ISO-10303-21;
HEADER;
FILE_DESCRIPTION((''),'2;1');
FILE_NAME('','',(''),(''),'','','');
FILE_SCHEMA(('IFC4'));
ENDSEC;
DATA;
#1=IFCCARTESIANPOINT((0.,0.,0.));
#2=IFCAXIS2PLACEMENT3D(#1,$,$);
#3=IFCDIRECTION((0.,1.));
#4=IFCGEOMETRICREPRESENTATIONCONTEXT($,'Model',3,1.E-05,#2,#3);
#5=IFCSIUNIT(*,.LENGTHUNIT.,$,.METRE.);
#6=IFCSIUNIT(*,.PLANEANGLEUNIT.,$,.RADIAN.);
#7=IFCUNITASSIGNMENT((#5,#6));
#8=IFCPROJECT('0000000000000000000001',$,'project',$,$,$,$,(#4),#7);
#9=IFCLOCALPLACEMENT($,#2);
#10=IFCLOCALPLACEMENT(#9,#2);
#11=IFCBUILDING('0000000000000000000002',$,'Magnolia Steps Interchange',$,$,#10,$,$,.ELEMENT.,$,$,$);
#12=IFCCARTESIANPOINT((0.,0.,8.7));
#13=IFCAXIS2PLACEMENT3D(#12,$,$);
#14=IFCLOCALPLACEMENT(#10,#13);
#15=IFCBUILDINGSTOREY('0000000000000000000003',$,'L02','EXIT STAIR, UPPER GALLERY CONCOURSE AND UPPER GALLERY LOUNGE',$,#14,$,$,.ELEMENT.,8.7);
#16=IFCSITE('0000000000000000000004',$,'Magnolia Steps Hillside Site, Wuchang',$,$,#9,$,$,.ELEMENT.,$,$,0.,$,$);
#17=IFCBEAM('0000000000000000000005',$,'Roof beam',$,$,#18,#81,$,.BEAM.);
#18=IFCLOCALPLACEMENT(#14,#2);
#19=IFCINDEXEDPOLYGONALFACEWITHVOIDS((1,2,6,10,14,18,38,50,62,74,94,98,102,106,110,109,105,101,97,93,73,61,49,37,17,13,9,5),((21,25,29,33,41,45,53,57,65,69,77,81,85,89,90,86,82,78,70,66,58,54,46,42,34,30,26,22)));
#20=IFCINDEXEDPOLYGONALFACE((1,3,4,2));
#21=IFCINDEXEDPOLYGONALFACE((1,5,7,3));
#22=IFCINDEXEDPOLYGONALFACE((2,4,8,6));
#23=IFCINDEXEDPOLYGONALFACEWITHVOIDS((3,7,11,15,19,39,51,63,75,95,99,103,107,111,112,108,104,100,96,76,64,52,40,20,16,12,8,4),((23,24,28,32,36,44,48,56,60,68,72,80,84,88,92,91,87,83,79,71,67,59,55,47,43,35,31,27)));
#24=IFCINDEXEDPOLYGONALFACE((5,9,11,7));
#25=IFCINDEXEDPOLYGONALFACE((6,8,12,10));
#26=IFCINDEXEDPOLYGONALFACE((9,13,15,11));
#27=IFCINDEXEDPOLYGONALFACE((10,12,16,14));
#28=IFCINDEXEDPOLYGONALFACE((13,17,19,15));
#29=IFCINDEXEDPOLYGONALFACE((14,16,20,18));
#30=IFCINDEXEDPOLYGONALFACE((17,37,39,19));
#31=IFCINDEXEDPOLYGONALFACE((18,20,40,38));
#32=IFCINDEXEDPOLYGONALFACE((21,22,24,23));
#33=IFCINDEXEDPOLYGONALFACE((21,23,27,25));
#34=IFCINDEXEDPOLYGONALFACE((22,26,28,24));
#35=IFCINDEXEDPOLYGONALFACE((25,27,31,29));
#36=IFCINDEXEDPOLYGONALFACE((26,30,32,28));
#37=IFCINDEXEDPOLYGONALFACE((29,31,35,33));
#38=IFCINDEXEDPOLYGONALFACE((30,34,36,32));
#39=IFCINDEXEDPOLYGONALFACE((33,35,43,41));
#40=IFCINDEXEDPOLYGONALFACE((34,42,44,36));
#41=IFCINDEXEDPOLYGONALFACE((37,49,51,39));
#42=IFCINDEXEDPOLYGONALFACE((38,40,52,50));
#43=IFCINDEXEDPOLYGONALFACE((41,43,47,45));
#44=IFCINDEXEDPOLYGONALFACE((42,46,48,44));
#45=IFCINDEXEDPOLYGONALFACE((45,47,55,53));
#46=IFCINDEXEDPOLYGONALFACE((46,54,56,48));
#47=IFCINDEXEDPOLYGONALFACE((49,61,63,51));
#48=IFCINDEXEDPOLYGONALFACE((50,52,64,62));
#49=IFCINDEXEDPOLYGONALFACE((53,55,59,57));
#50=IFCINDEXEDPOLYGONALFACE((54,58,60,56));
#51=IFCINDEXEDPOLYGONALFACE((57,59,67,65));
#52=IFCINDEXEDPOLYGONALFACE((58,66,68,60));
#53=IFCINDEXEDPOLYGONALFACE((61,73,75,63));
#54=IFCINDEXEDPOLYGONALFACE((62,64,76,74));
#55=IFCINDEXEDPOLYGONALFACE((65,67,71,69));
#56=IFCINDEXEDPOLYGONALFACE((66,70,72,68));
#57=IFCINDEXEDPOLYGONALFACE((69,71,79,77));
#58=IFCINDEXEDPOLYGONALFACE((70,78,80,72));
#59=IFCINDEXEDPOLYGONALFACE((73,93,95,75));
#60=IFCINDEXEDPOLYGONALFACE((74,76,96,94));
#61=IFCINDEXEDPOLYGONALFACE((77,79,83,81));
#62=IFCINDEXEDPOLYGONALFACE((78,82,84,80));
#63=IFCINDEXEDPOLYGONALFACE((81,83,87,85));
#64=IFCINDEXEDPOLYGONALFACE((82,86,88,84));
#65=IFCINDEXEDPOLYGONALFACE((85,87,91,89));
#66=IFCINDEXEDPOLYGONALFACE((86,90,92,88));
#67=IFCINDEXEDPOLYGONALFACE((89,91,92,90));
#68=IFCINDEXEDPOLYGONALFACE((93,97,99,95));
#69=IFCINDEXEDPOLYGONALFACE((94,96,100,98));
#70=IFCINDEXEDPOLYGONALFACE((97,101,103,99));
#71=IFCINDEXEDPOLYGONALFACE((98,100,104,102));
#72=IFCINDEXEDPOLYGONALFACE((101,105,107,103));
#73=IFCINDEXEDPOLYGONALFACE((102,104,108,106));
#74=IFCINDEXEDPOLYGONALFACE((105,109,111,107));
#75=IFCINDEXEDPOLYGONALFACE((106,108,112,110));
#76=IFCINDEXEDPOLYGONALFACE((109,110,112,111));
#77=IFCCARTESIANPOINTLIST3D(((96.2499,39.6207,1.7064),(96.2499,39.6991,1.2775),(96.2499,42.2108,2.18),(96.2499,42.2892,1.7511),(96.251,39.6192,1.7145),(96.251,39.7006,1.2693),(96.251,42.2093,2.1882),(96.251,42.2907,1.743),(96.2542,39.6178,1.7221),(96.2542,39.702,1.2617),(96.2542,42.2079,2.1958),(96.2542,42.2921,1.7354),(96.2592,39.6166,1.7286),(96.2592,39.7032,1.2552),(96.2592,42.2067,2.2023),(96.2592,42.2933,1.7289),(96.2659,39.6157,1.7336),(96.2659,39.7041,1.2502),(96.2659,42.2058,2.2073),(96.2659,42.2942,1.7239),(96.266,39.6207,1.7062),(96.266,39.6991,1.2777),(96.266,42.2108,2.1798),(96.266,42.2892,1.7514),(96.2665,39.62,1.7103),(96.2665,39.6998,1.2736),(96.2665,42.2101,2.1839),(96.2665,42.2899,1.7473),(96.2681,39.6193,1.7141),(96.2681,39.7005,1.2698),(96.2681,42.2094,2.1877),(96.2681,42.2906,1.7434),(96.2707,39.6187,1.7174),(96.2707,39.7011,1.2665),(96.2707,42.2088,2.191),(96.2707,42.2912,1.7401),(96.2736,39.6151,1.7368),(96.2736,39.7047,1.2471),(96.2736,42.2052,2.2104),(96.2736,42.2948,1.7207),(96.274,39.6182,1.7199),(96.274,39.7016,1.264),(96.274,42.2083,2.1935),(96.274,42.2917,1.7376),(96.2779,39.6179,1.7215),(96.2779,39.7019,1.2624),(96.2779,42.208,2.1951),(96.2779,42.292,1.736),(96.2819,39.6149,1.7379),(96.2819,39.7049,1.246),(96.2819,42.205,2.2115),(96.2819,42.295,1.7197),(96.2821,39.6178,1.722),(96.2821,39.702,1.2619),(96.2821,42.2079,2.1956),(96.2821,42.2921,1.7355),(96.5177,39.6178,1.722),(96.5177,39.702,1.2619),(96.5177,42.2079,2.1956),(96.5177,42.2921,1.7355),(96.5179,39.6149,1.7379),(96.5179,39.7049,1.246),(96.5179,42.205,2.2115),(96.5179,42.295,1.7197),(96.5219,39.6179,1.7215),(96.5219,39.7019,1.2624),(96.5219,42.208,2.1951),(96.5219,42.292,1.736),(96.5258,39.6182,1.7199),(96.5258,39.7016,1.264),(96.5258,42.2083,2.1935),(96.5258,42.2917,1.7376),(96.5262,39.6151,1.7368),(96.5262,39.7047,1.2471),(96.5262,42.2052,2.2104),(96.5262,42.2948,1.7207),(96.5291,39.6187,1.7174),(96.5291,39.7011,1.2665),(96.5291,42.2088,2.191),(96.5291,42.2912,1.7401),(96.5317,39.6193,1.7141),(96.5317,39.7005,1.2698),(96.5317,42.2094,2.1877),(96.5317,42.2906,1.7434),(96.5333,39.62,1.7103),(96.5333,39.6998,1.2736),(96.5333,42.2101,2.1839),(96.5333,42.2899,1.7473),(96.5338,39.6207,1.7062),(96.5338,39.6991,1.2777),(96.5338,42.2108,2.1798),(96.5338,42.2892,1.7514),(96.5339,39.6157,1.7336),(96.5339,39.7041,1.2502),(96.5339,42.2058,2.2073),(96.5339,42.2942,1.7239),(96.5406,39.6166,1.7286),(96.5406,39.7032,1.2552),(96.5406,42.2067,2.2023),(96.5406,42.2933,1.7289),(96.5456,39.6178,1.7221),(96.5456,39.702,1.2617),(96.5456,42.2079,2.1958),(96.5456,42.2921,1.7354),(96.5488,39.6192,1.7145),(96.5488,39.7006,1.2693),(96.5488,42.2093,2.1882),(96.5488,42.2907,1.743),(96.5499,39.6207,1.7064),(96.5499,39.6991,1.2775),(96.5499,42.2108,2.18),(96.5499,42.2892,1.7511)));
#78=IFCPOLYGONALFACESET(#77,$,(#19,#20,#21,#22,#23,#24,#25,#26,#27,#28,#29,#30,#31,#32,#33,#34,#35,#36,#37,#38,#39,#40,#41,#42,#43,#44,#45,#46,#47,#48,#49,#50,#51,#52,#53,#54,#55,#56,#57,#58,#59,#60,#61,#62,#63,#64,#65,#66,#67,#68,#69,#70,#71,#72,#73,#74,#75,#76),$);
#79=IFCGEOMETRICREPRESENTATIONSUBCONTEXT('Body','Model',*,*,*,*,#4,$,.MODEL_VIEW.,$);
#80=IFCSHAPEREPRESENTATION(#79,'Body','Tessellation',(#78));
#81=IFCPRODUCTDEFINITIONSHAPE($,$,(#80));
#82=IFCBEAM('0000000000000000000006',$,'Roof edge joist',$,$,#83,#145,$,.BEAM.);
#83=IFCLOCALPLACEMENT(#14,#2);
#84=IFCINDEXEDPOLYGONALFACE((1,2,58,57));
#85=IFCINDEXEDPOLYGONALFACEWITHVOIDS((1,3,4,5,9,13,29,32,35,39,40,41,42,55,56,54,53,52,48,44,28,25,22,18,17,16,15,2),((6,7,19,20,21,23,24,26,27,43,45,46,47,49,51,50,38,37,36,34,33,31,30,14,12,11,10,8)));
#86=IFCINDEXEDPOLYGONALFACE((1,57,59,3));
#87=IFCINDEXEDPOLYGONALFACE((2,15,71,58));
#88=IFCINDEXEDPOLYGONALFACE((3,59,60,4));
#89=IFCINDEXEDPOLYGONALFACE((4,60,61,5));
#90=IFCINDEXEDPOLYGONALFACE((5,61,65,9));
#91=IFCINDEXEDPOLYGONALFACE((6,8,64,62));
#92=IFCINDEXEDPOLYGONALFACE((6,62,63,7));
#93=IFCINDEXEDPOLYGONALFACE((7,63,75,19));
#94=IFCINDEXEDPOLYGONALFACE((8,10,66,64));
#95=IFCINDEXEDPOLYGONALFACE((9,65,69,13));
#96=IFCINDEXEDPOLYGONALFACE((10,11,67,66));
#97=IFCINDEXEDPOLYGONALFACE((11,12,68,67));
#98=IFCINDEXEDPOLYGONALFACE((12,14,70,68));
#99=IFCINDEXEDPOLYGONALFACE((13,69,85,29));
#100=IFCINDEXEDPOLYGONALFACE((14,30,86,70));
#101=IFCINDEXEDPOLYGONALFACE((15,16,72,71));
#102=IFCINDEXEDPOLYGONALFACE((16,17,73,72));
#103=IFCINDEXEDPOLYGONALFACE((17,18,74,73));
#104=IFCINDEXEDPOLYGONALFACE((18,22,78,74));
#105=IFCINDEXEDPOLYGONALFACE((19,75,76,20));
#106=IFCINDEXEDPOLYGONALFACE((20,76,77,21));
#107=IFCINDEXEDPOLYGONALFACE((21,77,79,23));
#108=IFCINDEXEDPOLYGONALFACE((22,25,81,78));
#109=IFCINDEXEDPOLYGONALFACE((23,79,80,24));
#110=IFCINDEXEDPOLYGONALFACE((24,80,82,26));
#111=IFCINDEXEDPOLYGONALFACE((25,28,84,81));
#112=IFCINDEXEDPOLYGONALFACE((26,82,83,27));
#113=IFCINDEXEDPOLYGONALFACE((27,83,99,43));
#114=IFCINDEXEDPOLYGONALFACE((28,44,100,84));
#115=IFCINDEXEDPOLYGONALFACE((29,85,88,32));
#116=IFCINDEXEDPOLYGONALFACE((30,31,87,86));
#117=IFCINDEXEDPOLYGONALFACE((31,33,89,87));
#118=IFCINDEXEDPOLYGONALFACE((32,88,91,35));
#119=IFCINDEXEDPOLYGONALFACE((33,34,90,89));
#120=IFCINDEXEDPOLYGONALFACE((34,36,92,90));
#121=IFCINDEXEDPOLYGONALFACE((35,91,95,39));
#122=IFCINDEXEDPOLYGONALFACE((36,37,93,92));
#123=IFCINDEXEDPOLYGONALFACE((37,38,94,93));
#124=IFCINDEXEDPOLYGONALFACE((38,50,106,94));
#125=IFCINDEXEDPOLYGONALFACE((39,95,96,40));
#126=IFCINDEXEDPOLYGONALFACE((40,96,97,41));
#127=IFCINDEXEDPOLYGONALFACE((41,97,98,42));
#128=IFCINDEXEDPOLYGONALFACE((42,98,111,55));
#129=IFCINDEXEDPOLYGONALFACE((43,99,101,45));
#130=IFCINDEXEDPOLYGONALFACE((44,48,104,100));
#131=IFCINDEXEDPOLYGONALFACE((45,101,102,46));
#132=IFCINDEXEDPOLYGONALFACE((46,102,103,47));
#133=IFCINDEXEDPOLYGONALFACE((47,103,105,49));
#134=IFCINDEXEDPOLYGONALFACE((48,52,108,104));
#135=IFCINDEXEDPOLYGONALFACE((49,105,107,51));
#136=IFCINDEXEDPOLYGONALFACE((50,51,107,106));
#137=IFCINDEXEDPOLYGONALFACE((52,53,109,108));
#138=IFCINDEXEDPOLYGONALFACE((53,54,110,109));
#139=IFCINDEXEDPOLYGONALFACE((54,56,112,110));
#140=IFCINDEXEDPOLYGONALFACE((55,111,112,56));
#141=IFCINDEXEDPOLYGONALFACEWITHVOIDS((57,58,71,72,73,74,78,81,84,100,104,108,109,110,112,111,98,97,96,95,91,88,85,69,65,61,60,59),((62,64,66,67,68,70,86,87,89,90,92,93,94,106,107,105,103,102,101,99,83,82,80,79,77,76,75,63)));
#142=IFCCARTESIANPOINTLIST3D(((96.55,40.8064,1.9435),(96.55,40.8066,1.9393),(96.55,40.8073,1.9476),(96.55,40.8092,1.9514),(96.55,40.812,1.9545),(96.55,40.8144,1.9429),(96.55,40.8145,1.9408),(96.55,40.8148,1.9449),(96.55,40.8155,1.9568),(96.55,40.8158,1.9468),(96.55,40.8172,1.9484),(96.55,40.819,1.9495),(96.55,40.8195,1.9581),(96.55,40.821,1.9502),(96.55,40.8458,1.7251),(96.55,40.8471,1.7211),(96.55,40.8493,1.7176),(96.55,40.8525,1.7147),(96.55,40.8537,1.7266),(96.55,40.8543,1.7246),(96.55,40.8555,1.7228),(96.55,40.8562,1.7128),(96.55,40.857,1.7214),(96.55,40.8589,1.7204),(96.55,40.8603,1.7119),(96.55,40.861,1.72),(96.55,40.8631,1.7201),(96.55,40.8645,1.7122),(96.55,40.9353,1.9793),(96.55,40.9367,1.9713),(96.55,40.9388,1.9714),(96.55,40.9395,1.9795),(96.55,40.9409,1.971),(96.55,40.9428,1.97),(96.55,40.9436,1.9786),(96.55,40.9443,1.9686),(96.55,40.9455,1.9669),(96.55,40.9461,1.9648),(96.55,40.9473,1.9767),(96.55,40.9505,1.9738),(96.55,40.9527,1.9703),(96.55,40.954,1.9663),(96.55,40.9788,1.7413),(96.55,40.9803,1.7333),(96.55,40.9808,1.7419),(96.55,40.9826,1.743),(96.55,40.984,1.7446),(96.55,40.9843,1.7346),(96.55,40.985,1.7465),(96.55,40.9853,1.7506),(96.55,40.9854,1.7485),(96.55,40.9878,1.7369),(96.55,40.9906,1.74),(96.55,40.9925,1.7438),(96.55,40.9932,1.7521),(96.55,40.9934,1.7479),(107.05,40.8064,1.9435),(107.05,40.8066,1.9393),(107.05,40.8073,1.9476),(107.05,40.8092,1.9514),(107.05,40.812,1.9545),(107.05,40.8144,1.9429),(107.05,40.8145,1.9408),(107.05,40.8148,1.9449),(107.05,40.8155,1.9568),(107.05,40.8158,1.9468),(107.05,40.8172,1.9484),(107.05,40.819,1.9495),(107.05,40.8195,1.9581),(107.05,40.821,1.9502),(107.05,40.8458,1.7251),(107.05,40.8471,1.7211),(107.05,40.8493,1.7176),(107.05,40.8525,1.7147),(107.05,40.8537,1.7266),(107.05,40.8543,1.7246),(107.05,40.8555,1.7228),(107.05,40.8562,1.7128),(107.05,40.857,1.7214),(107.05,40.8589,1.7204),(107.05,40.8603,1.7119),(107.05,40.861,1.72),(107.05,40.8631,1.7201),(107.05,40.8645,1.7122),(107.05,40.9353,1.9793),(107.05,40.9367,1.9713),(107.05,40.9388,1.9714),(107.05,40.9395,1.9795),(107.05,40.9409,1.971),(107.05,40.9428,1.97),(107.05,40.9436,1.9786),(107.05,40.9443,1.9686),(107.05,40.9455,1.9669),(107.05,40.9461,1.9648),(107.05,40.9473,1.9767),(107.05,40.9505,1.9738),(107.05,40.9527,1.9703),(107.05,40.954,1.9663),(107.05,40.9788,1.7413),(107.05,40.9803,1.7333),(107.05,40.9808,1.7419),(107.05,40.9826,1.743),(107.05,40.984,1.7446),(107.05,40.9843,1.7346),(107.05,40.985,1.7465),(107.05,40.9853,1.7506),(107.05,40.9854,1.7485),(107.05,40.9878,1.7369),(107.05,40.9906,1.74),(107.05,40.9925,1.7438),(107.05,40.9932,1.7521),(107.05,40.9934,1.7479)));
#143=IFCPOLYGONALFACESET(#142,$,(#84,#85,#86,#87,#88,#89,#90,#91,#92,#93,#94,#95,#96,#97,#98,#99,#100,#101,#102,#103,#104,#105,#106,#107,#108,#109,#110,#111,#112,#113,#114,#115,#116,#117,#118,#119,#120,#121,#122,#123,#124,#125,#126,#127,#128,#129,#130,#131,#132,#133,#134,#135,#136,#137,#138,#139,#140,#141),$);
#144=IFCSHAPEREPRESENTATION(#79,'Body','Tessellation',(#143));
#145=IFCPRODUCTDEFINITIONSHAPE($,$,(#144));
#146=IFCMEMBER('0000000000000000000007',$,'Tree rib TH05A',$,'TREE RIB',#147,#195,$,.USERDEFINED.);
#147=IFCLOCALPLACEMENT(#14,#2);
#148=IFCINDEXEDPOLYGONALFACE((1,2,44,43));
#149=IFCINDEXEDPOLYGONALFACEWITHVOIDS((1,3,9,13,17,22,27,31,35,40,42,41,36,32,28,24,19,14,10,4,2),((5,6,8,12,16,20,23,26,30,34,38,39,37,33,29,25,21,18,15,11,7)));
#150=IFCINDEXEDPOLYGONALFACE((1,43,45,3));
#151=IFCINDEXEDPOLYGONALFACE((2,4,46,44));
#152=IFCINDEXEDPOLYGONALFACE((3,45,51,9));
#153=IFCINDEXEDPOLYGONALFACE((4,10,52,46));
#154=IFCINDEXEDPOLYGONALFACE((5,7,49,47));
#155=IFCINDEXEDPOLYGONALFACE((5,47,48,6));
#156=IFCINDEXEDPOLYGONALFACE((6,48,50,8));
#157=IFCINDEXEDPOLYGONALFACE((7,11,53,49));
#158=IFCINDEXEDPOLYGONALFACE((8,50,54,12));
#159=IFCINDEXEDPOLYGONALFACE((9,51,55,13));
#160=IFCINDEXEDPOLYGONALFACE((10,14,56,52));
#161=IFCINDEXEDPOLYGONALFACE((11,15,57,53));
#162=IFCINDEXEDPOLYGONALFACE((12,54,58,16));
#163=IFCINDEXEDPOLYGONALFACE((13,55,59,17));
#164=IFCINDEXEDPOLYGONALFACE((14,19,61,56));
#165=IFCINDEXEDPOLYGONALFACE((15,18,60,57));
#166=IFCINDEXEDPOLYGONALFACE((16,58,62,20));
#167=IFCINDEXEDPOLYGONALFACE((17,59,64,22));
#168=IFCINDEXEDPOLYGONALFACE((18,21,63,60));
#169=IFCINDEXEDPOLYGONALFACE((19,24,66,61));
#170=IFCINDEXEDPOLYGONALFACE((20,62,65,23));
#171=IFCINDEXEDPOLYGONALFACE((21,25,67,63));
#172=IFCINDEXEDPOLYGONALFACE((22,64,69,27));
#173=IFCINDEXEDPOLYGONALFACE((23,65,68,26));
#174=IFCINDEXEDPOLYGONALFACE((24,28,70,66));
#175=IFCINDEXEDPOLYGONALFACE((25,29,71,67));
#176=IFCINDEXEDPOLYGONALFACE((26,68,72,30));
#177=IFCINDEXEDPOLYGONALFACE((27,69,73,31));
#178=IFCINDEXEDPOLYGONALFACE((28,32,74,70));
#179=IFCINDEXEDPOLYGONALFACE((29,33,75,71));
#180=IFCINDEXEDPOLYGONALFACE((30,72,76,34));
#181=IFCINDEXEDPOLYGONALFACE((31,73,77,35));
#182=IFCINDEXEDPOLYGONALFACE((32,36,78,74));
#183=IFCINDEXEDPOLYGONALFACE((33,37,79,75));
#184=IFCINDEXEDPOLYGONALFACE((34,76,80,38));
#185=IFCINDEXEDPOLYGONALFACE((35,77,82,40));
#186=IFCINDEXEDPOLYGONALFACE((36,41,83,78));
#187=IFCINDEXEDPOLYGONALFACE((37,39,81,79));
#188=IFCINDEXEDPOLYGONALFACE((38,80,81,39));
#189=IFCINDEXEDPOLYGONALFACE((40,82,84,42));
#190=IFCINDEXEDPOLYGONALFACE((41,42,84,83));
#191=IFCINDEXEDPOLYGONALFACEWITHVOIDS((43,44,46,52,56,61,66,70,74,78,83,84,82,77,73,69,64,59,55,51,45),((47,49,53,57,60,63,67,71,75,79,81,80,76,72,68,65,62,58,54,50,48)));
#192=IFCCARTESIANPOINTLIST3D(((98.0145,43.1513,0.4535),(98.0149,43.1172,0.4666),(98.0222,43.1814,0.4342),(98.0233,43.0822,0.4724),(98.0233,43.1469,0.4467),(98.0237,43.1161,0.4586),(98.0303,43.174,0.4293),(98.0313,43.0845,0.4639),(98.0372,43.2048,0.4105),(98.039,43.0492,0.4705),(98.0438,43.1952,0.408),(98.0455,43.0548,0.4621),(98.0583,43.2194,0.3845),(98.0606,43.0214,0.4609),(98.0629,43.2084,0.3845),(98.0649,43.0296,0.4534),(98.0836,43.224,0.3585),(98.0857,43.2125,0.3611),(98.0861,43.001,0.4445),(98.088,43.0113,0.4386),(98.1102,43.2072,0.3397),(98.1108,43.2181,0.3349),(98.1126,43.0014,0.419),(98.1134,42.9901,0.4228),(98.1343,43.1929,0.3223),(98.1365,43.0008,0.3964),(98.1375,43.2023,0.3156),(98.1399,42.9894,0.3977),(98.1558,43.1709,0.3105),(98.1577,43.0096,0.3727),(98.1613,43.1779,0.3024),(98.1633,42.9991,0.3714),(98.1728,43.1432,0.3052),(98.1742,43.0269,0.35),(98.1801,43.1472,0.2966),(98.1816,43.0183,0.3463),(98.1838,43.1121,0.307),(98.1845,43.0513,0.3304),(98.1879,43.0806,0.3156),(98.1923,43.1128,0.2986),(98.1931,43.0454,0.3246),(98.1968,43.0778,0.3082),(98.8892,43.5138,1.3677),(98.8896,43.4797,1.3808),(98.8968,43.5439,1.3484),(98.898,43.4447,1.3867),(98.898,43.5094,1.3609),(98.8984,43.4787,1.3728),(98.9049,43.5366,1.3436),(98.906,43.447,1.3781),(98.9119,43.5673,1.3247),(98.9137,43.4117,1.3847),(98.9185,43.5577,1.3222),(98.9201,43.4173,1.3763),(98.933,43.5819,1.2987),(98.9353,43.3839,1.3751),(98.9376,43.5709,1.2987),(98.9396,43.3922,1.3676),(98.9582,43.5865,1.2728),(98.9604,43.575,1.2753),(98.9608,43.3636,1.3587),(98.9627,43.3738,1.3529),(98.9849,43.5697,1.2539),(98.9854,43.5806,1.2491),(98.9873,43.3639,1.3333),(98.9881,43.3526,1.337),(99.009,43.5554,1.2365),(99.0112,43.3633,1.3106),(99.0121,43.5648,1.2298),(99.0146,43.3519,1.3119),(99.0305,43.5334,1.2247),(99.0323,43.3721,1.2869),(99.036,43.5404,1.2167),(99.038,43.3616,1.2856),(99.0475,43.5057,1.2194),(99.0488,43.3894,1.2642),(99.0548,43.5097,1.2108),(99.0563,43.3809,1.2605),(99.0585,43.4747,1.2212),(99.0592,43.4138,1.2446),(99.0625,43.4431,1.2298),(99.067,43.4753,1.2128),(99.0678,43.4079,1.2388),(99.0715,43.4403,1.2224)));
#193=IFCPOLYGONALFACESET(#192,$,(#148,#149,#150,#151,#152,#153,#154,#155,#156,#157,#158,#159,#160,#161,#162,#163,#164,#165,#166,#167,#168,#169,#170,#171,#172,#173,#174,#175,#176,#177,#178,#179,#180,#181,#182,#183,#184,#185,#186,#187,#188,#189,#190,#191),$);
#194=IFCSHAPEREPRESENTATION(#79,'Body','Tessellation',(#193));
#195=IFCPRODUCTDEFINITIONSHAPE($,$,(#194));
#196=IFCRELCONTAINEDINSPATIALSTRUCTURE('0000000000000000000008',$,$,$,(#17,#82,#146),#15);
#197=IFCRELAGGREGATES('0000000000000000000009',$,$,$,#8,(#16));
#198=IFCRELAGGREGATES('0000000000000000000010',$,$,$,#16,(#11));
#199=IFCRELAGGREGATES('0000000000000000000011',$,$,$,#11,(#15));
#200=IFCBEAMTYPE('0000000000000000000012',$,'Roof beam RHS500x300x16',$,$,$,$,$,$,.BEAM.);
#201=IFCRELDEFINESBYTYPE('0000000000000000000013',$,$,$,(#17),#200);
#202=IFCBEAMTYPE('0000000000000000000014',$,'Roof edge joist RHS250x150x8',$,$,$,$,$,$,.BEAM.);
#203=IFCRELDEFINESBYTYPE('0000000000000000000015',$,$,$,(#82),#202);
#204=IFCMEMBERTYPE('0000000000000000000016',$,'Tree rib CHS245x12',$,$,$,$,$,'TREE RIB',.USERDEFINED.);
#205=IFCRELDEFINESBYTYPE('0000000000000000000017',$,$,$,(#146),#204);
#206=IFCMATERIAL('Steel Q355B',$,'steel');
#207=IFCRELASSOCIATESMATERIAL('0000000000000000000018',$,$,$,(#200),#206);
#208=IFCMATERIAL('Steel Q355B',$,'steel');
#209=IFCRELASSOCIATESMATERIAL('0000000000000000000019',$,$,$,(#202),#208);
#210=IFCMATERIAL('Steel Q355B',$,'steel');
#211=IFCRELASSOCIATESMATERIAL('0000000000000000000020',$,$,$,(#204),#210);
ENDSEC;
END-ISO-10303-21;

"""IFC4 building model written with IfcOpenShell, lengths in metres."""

from ifc_helpers import new_model, si_unit, direction, frame, origin, origin_2d, place, context, subcontext, project, spatial, hollow_rectangle, hollow_circle, extrude, material, material_profile, profile_set, type_object, element, save


model = new_model("IFC4")

# Units and contexts
model_context = context("Model", 3, precision=1e-05, world=origin(), true_north=direction((0.0, 1.0)))
body_context = subcontext(model_context, "Body", "Model", "MODEL_VIEW")
ifc_project = project(units=[si_unit("LENGTHUNIT", "METRE"), si_unit("PLANEANGLEUNIT", "RADIAN")], contexts=[model_context])

# Site, building, storey
site_placement = place(None, origin())
site = spatial("IfcSite", under=ifc_project, at=site_placement, Name="Magnolia Steps Hillside Site, Wuchang", CompositionType="ELEMENT", RefElevation=0.0)
building_placement = place(site_placement, origin())
building = spatial("IfcBuilding", under=site, at=building_placement, Name="Magnolia Steps Interchange", CompositionType="ELEMENT")
storey_placement = place(building_placement, frame((0.0, 0.0, 8.7)))
storey = spatial("IfcBuildingStorey", under=building, at=storey_placement, Name="L02", Description="EXIT STAIR, UPPER GALLERY CONCOURSE AND UPPER GALLERY LOUNGE", CompositionType="ELEMENT", Elevation=8.7)

# Beams
ifc_material_1 = material(Name="Steel Q355B", Category="steel")
ifc_material_profile_1 = material_profile(ifc_material_1, hollow_rectangle(XDim=0.3, YDim=0.5, WallThickness=0.0161, InnerFilletRadius=0.0161, OuterFilletRadius=0.032, at=origin_2d()), Name="RHS500x300x16")
ifc_profile_set_1 = profile_set([ifc_material_profile_1], Name="Steel Q355B")
beam_type_1 = type_object("IfcBeamType", Name="Roof beam RHS500x300x16", PredefinedType="BEAM", material=ifc_profile_set_1)
beam_1_placement = place(storey_placement, frame((96.3999, 42.25, 1.9656), z_axis=(0.0, -0.983688, -0.179881), x_axis=(1.0, 0.0, 0.0)))
element("IfcBeam", 1, at=beam_1_placement, inside=storey, type_object=beam_type_1, Name="Roof beam", PredefinedType="BEAM", context=body_context, shape_type="SweptSolid", body=[
    extrude(hollow_rectangle(XDim=0.3, YDim=0.5, WallThickness=0.0161, InnerFilletRadius=0.0161, OuterFilletRadius=0.032, at=origin_2d()), origin(), (0.0, 0.0, 1.0), 2.6331),
])
ifc_material_2 = material(Name="Steel Q355B", Category="steel")
ifc_material_profile_2 = material_profile(ifc_material_2, hollow_rectangle(XDim=0.1499, YDim=0.25, WallThickness=0.0081, InnerFilletRadius=0.0081, OuterFilletRadius=0.0161, at=origin_2d()), Name="RHS250x150x8")
ifc_profile_set_2 = profile_set([ifc_material_profile_2], Name="Steel Q355B")
beam_type_2 = type_object("IfcBeamType", Name="Roof edge joist RHS250x150x8", PredefinedType="BEAM", material=ifc_profile_set_2)
beam_2_placement = place(storey_placement, frame((96.55, 40.8999, 1.8457), z_axis=(1.0, 0.0, 0.0), x_axis=(0.0, 0.983677, 0.179941)))
element("IfcBeam", 2, at=beam_2_placement, inside=storey, type_object=beam_type_2, Name="Roof edge joist", PredefinedType="BEAM", context=body_context, shape_type="SweptSolid", body=[
    extrude(hollow_rectangle(XDim=0.1499, YDim=0.25, WallThickness=0.0081, InnerFilletRadius=0.0081, OuterFilletRadius=0.0161, at=origin_2d()), origin(), (0.0, 0.0, 1.0), 10.5),
])

# Member
ifc_material_3 = material(Name="Steel Q355B", Category="steel")
ifc_material_profile_3 = material_profile(ifc_material_3, hollow_circle(Radius=0.1226, WallThickness=0.012, at=origin_2d()), Name="CHS245x12")
ifc_profile_set_3 = profile_set([ifc_material_profile_3], Name="Steel Q355B")
member_type = type_object("IfcMemberType", Name="Tree rib CHS245x12", ElementType="TREE RIB", PredefinedType="USERDEFINED", material=ifc_profile_set_3)
for number, where, z_axis, x_axis, name in (
    (3, (98.1052, 43.1062, 0.3845), (0.664566, 0.275434, 0.694613), (-0.382876, 0.9238, 0.0), "Tree rib TH05A"),
):
    element("IfcMember", number, at=place(storey_placement, frame(where, z_axis=z_axis, x_axis=x_axis)), inside=storey, type_object=member_type, Name=name, ObjectType="TREE RIB", PredefinedType="USERDEFINED", context=body_context, shape_type="SweptSolid", body=[
        extrude(hollow_circle(Radius=0.1226, WallThickness=0.012, at=origin_2d()), origin(), (0.0, 0.0, 1.0), 1.3162),
    ])

save(model, "model.ifc")
